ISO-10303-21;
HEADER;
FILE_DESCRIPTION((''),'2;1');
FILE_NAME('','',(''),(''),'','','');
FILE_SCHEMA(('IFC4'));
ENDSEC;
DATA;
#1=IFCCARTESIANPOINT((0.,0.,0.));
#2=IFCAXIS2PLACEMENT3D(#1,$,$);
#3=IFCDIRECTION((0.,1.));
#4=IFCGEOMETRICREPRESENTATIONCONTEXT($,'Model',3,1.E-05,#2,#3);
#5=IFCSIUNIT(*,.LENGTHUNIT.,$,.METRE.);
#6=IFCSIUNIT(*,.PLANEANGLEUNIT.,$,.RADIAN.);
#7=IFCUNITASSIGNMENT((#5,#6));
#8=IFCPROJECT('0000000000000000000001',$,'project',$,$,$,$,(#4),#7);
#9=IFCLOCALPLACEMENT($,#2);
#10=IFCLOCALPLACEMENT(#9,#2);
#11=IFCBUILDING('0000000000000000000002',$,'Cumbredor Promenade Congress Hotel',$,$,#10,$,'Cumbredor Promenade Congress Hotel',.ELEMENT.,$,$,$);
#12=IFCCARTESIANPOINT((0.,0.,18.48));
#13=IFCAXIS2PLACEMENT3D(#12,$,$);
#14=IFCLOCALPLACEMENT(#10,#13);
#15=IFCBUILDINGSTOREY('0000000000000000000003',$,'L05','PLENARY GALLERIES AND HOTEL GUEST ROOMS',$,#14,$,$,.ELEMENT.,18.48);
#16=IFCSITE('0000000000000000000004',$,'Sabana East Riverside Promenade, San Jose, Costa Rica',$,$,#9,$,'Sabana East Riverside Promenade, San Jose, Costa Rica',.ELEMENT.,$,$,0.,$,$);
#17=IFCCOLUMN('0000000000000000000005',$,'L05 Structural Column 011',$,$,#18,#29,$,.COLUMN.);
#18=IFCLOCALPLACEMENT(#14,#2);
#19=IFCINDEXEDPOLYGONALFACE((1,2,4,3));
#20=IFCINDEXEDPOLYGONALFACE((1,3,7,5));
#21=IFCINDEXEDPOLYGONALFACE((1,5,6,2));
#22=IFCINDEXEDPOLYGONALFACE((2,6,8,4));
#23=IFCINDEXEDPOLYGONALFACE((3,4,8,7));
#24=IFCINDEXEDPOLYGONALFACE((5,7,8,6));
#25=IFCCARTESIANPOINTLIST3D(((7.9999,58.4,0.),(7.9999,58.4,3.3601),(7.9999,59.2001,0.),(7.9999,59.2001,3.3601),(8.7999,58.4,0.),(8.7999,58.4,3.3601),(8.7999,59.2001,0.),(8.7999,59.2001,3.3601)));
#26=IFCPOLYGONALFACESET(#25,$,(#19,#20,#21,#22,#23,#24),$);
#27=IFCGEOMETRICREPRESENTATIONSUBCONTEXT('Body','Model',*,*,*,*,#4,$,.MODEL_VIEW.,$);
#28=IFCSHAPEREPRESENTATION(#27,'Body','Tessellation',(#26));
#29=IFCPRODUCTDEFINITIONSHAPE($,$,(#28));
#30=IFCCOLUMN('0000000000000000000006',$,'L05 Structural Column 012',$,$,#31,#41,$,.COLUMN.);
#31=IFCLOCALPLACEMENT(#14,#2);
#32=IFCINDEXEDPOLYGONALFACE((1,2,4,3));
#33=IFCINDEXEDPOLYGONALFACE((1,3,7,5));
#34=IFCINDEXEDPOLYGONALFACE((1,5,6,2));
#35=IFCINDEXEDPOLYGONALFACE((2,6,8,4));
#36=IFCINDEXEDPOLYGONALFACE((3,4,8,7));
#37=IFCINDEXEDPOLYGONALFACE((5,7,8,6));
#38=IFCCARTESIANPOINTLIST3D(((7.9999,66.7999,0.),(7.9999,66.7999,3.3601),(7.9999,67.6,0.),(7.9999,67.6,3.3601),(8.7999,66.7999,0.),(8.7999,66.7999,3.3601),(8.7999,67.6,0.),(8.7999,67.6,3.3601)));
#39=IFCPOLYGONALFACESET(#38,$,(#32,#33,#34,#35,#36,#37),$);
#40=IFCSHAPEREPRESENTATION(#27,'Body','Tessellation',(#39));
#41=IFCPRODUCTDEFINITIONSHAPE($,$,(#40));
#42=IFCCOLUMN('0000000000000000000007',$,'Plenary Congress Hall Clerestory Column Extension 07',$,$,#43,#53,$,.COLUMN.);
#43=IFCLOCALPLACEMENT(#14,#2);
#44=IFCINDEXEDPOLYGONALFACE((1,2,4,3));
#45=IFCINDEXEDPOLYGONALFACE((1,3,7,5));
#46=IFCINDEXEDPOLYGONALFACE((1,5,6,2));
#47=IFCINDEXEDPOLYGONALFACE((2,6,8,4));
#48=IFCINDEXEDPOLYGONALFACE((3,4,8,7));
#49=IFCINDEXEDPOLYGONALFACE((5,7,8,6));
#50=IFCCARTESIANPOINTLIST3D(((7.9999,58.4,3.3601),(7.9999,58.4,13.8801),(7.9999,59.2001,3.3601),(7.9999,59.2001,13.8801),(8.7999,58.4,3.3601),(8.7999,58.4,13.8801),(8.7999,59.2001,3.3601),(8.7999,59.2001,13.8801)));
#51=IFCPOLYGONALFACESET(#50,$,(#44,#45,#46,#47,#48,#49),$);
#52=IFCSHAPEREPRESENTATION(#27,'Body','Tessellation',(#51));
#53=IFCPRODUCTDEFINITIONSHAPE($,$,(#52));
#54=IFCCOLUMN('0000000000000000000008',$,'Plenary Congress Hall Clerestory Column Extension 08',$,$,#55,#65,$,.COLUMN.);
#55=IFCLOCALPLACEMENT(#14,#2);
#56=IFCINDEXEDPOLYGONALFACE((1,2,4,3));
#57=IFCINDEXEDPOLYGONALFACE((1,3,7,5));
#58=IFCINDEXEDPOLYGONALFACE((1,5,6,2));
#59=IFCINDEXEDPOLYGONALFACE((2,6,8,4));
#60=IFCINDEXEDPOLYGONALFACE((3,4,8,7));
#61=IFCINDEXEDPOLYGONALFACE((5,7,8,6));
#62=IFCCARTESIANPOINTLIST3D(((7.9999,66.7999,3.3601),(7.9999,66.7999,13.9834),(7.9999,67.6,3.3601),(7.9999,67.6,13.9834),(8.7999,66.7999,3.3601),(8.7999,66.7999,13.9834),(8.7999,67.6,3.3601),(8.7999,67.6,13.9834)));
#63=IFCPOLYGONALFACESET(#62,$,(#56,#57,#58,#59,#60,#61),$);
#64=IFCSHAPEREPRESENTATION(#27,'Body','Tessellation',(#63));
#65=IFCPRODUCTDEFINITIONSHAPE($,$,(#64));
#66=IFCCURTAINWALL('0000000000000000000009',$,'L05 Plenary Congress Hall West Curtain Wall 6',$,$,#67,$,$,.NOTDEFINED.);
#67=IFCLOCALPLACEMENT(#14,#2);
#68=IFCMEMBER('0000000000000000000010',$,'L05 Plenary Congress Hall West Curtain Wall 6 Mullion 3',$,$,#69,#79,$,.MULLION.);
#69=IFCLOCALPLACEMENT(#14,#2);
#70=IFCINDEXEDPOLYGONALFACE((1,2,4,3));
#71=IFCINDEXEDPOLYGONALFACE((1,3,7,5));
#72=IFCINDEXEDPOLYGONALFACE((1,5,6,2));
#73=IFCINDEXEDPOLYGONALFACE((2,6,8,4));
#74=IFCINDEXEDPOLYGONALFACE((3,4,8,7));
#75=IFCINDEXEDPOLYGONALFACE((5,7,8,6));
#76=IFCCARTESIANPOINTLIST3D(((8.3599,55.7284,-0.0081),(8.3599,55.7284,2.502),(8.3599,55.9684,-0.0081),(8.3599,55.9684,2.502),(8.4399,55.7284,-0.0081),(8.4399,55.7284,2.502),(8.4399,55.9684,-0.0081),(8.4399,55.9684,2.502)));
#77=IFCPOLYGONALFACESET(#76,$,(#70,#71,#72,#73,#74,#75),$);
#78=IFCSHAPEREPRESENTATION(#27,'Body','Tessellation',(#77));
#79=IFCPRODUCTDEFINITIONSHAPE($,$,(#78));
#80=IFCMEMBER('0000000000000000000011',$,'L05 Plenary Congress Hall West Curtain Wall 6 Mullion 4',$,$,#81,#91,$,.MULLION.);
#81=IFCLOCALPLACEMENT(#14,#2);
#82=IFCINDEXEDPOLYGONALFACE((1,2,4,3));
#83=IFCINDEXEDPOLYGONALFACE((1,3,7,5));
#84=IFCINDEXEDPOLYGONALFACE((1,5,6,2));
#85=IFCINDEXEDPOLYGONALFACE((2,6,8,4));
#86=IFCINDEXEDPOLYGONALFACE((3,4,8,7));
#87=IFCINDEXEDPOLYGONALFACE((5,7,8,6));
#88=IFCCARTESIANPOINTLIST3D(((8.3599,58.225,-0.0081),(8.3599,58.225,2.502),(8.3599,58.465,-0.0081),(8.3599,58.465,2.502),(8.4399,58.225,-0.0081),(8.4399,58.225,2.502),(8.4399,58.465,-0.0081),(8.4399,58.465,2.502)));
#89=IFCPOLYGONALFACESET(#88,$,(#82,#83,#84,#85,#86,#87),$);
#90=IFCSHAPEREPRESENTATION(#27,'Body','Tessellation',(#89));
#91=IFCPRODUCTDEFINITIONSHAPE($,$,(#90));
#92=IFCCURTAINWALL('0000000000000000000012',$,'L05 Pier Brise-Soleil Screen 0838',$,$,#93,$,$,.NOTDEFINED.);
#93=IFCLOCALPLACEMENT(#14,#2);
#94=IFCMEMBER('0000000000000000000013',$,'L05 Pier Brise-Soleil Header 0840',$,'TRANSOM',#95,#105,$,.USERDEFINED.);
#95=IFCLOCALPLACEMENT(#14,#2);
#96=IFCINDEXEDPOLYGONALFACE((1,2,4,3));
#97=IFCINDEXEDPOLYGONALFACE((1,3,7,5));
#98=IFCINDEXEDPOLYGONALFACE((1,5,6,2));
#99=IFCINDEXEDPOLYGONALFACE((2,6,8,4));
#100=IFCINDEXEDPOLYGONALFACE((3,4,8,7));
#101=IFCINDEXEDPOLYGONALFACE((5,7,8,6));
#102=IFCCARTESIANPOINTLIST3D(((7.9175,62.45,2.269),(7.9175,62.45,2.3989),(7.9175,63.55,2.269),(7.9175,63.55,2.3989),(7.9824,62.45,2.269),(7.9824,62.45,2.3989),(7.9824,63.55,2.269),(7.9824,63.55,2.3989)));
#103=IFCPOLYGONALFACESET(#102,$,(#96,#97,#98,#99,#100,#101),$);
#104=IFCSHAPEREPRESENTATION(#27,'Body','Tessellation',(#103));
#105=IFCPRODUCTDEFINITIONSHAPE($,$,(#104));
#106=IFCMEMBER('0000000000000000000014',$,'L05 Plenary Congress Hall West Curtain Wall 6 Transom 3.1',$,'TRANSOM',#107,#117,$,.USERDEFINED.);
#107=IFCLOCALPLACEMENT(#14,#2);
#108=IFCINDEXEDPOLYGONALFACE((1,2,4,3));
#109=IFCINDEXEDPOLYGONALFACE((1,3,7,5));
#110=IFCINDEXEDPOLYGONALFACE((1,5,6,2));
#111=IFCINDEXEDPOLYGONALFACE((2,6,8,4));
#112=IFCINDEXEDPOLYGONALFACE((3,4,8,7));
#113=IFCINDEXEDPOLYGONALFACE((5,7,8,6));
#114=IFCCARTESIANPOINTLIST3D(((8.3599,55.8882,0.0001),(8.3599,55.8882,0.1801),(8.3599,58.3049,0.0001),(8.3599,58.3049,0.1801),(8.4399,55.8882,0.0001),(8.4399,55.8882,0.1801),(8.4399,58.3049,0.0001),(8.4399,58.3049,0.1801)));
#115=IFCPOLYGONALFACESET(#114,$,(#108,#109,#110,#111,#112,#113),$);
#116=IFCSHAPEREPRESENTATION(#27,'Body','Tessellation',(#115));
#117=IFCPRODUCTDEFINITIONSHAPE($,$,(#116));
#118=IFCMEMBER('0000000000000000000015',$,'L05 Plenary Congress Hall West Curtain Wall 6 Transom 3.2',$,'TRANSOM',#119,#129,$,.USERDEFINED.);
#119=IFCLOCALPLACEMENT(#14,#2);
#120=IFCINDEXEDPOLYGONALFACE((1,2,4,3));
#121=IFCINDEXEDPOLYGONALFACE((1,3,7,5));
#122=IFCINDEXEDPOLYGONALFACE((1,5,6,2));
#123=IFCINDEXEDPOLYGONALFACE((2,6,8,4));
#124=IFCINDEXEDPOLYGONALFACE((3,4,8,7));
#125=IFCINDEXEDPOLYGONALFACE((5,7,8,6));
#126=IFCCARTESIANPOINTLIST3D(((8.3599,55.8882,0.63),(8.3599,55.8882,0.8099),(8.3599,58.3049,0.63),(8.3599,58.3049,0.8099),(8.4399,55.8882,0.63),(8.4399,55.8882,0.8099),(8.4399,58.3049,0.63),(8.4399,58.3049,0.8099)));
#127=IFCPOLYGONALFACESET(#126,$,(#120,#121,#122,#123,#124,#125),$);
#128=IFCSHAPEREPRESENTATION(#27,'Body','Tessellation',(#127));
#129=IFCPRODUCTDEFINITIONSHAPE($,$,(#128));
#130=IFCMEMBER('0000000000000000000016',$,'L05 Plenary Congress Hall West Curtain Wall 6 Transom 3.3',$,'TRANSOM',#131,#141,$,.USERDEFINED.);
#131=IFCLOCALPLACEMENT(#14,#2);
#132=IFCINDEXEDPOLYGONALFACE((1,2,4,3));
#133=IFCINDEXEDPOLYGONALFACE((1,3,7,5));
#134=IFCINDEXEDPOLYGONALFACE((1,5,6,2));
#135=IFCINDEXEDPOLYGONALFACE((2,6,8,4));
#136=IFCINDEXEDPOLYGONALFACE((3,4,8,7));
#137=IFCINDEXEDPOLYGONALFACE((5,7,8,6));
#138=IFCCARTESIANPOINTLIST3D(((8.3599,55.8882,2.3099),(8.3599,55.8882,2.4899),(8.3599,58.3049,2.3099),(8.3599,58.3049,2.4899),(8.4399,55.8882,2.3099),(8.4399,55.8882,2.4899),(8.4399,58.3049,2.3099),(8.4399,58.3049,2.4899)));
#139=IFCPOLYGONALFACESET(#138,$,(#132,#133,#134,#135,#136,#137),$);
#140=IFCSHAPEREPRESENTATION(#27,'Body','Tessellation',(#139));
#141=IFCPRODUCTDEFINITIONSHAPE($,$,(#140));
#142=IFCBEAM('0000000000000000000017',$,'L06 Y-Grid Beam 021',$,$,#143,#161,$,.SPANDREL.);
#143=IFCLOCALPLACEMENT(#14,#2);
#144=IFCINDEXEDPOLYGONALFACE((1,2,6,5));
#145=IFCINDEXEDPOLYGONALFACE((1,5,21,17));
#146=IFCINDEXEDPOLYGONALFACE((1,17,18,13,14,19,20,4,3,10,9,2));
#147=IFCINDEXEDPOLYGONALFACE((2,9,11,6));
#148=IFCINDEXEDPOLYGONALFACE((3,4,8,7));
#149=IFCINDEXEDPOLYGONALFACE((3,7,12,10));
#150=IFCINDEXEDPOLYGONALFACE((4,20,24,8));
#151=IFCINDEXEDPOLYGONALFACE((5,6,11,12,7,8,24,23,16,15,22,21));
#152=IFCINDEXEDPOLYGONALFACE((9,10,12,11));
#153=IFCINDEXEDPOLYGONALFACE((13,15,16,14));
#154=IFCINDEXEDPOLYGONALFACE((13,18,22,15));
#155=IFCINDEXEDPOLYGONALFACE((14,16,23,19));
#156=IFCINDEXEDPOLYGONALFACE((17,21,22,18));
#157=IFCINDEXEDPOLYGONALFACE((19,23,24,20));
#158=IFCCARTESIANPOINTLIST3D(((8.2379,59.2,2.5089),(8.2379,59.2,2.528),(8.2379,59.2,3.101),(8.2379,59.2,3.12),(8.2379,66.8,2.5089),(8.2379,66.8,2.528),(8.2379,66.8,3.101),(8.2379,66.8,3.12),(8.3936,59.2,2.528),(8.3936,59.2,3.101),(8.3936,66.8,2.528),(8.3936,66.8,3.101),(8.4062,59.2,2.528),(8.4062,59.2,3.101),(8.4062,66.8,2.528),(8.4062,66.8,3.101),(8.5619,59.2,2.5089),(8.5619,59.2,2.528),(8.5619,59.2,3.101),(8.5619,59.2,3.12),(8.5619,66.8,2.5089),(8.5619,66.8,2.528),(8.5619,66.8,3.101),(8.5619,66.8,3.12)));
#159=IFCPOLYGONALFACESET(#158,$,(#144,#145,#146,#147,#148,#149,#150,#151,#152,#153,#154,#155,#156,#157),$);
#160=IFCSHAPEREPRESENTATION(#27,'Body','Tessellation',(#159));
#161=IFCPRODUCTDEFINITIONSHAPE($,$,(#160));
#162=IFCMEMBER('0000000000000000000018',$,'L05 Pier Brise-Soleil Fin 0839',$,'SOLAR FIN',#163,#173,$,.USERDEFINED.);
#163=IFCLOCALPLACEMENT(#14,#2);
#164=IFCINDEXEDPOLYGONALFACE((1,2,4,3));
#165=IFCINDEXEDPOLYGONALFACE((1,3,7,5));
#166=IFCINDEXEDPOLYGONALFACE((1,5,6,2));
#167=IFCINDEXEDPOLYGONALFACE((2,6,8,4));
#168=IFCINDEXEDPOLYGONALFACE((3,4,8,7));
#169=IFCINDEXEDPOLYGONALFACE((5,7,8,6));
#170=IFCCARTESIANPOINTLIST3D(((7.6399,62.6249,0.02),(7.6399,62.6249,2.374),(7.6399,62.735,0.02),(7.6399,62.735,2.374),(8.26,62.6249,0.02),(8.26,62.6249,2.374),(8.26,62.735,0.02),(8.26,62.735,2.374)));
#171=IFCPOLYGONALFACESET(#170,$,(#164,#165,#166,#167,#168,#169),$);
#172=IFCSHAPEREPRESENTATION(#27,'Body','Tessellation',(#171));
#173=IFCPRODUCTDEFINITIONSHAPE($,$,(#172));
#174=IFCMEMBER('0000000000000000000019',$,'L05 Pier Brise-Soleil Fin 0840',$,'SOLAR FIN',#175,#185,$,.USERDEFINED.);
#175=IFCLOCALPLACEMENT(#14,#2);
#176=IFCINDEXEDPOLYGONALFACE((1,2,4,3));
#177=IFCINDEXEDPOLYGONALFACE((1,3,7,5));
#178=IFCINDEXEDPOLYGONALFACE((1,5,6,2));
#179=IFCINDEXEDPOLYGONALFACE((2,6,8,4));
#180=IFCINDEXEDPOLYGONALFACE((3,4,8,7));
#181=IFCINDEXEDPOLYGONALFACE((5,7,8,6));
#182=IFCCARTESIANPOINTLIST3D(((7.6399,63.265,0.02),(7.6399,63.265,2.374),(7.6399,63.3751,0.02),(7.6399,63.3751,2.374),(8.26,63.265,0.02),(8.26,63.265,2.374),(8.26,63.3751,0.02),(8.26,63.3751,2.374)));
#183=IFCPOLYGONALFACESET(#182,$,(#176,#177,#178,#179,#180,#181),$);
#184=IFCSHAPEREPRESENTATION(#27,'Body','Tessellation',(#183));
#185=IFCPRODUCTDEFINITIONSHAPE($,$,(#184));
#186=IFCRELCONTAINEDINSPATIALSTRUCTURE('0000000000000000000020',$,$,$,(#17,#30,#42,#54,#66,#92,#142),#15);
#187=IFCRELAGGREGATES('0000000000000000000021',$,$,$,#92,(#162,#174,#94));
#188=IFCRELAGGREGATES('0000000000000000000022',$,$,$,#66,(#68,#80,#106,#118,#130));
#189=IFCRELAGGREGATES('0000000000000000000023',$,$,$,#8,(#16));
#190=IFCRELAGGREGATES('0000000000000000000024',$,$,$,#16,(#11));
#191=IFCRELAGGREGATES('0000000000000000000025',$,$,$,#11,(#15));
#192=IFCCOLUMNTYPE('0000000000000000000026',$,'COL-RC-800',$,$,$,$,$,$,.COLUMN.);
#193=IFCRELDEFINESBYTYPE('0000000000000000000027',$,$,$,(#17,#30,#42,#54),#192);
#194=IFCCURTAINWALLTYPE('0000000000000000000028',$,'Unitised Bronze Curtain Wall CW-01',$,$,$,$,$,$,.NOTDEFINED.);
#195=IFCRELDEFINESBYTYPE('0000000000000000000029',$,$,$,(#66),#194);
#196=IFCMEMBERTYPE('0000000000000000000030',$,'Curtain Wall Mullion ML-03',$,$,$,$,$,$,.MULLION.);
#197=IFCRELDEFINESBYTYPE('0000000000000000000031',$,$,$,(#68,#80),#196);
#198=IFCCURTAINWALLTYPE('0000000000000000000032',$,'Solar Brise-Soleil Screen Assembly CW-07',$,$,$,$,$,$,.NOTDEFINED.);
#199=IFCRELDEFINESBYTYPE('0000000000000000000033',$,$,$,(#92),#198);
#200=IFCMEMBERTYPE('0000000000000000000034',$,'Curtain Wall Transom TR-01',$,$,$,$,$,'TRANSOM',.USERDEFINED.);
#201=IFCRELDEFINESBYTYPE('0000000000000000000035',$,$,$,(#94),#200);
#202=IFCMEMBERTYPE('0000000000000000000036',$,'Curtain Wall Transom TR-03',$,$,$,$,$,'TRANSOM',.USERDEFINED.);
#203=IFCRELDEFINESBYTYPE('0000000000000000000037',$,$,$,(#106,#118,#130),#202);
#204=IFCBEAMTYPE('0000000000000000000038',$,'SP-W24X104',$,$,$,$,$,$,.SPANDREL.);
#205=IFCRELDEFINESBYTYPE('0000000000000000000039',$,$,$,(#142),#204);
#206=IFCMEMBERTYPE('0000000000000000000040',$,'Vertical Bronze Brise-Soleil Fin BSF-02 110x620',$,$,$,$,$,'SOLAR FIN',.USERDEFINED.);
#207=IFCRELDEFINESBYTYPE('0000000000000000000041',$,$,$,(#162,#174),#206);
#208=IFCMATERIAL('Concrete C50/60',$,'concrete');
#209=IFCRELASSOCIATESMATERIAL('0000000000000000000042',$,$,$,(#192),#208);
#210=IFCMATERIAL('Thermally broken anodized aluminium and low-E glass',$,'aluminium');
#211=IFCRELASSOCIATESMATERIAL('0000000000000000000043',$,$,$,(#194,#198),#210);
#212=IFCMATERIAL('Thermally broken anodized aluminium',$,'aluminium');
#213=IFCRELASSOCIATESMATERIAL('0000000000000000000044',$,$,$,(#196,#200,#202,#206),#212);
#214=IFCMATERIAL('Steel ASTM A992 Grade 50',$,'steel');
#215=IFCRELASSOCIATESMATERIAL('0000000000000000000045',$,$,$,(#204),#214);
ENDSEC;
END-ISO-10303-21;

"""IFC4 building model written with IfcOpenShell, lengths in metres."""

from ifc_helpers import new_model, si_unit, direction, frame, origin, origin_2d, place, context, subcontext, project, spatial, rectangle, i_section, extrude, material, material_profile, profile_set, type_object, element, aggregate, save


model = new_model("IFC4")

# Units and contexts
model_context = context("Model", 3, precision=1e-05, world=origin(), true_north=direction((0.0, 1.0)))
body_context = subcontext(model_context, "Body", "Model", "MODEL_VIEW")
ifc_project = project(units=[si_unit("LENGTHUNIT", "METRE"), si_unit("PLANEANGLEUNIT", "RADIAN")], contexts=[model_context])

# Site, building, storey
site_placement = place(None, origin())
site = spatial("IfcSite", under=ifc_project, at=site_placement, Name="Sabana East Riverside Promenade, San Jose, Costa Rica", LongName="Sabana East Riverside Promenade, San Jose, Costa Rica", CompositionType="ELEMENT", RefElevation=0.0)
building_placement = place(site_placement, origin())
building = spatial("IfcBuilding", under=site, at=building_placement, Name="Cumbredor Promenade Congress Hotel", LongName="Cumbredor Promenade Congress Hotel", CompositionType="ELEMENT")
storey_placement = place(building_placement, frame((0.0, 0.0, 18.48)))
storey = spatial("IfcBuildingStorey", under=building, at=storey_placement, Name="L05", Description="PLENARY GALLERIES AND HOTEL GUEST ROOMS", CompositionType="ELEMENT", Elevation=18.48)

# Columns
ifc_material_1 = material(Name="Concrete C50/60", Category="concrete")
ifc_material_profile_1 = material_profile(ifc_material_1, rectangle(XDim=0.8, YDim=0.8, at=origin_2d()), Name="RC 800x800")
ifc_profile_set_1 = profile_set([ifc_material_profile_1], Name="Concrete C50/60")
column_type = type_object("IfcColumnType", Name="COL-RC-800", PredefinedType="COLUMN", material=ifc_profile_set_1)
for number, where, z_axis, x_axis, name in (
    (1, (8.3999, 58.8, 0.0), (0.0, 0.0, 1.0), (1.0, 0.0, 0.0), "L05 Structural Column 011"),
    (2, (8.3999, 67.2, 0.0), (0.0, 0.0, 1.0), (1.0, 0.0, 0.0), "L05 Structural Column 012"),
):
    element("IfcColumn", number, at=place(storey_placement, frame(where, z_axis=z_axis, x_axis=x_axis)), inside=storey, type_object=column_type, Name=name, PredefinedType="COLUMN", context=body_context, shape_type="SweptSolid", body=[
        extrude(rectangle(XDim=0.8, YDim=0.8, at=origin_2d()), origin(), (0.0, 0.0, 1.0), 3.3601),
    ])
column_1_placement = place(storey_placement, frame((8.3999, 58.8, 3.3601), z_axis=(0.0, 0.0, 1.0), x_axis=(1.0, 0.0, 0.0)))
element("IfcColumn", 3, at=column_1_placement, inside=storey, type_object=column_type, Name="Plenary Congress Hall Clerestory Column Extension 07", PredefinedType="COLUMN", context=body_context, shape_type="SweptSolid", body=[
    extrude(rectangle(XDim=0.8, YDim=0.8, at=origin_2d()), origin(), (0.0, 0.0, 1.0), 10.52),
])
column_2_placement = place(storey_placement, frame((8.3999, 67.2, 3.3601), z_axis=(0.0, 0.0, 1.0), x_axis=(1.0, 0.0, 0.0)))
element("IfcColumn", 4, at=column_2_placement, inside=storey, type_object=column_type, Name="Plenary Congress Hall Clerestory Column Extension 08", PredefinedType="COLUMN", context=body_context, shape_type="SweptSolid", body=[
    extrude(rectangle(XDim=0.8, YDim=0.8, at=origin_2d()), origin(), (0.0, 0.0, 1.0), 10.6233),
])

# Curtain wall, members
ifc_material_2 = material(Name="Thermally broken anodized aluminium and low-E glass", Category="aluminium")
curtain_wall_type_1 = type_object("IfcCurtainWallType", Name="Unitised Bronze Curtain Wall CW-01", PredefinedType="NOTDEFINED", material=ifc_material_2)
curtain_wall_1_placement = place(storey_placement, origin())
curtain_wall_1 = element("IfcCurtainWall", 5, at=curtain_wall_1_placement, inside=storey, type_object=curtain_wall_type_1, Name="L05 Plenary Congress Hall West Curtain Wall 6", PredefinedType="NOTDEFINED")
ifc_material_3 = material(Name="Thermally broken anodized aluminium", Category="aluminium")
ifc_material_profile_2 = material_profile(ifc_material_3, rectangle(XDim=0.0801, YDim=0.24, at=origin_2d()), Name="ALU MULLION 80x240")
ifc_profile_set_2 = profile_set([ifc_material_profile_2], Name="Thermally broken anodized aluminium")
member_type_1 = type_object("IfcMemberType", Name="Curtain Wall Mullion ML-03", PredefinedType="MULLION", material=ifc_profile_set_2)
member_1_placement = place(storey_placement, frame((8.3999, 55.8484, -0.0081), z_axis=(0.0, 0.0, 1.0), x_axis=(1.0, 0.0, 0.0)))
member_1 = element("IfcMember", 6, at=member_1_placement, type_object=member_type_1, Name="L05 Plenary Congress Hall West Curtain Wall 6 Mullion 3", PredefinedType="MULLION", context=body_context, shape_type="SweptSolid", body=[
    extrude(rectangle(XDim=0.0801, YDim=0.24, at=origin_2d()), origin(), (0.0, 0.0, 1.0), 2.51),
])
member_2_placement = place(storey_placement, frame((8.3999, 58.345, -0.0081), z_axis=(0.0, 0.0, 1.0), x_axis=(1.0, 0.0, 0.0)))
member_2 = element("IfcMember", 7, at=member_2_placement, type_object=member_type_1, Name="L05 Plenary Congress Hall West Curtain Wall 6 Mullion 4", PredefinedType="MULLION", context=body_context, shape_type="SweptSolid", body=[
    extrude(rectangle(XDim=0.0801, YDim=0.24, at=origin_2d()), origin(), (0.0, 0.0, 1.0), 2.51),
])

# Curtain wall, member
curtain_wall_type_2 = type_object("IfcCurtainWallType", Name="Solar Brise-Soleil Screen Assembly CW-07", PredefinedType="NOTDEFINED", material=ifc_material_2)
curtain_wall_2_placement = place(storey_placement, origin())
curtain_wall_2 = element("IfcCurtainWall", 8, at=curtain_wall_2_placement, inside=storey, type_object=curtain_wall_type_2, Name="L05 Pier Brise-Soleil Screen 0838", PredefinedType="NOTDEFINED")
ifc_material_profile_3 = material_profile(ifc_material_3, rectangle(XDim=0.0649, YDim=0.1299, at=origin_2d()), Name="ALU TRANSOM 65x130")
ifc_profile_set_3 = profile_set([ifc_material_profile_3], Name="Thermally broken anodized aluminium")
member_type_2 = type_object("IfcMemberType", Name="Curtain Wall Transom TR-01", ElementType="TRANSOM", PredefinedType="USERDEFINED", material=ifc_profile_set_3)
member_3_placement = place(storey_placement, frame((7.95, 62.45, 2.334), z_axis=(0.0, 1.0, 0.0), x_axis=(-1.0, 0.0, 0.0)))
member_3 = element("IfcMember", 9, at=member_3_placement, type_object=member_type_2, Name="L05 Pier Brise-Soleil Header 0840", ObjectType="TRANSOM", PredefinedType="USERDEFINED", context=body_context, shape_type="SweptSolid", body=[
    extrude(rectangle(XDim=0.0649, YDim=0.1299, at=origin_2d()), origin(), (0.0, 0.0, 1.0), 1.1001),
])

# Members
ifc_material_profile_4 = material_profile(ifc_material_3, rectangle(XDim=0.0801, YDim=0.1799, at=origin_2d()), Name="ALU TRANSOM 80x180")
ifc_profile_set_4 = profile_set([ifc_material_profile_4], Name="Thermally broken anodized aluminium")
member_type_3 = type_object("IfcMemberType", Name="Curtain Wall Transom TR-03", ElementType="TRANSOM", PredefinedType="USERDEFINED", material=ifc_profile_set_4)
member_4_placement = place(storey_placement, frame((8.3999, 55.8882, 0.0901), z_axis=(0.0, 1.0, 0.0), x_axis=(-1.0, 0.0, 0.0)))
member_4 = element("IfcMember", 10, at=member_4_placement, type_object=member_type_3, Name="L05 Plenary Congress Hall West Curtain Wall 6 Transom 3.1", ObjectType="TRANSOM", PredefinedType="USERDEFINED", context=body_context, shape_type="SweptSolid", body=[
    extrude(rectangle(XDim=0.0801, YDim=0.1799, at=origin_2d()), origin(), (0.0, 0.0, 1.0), 2.4167),
])
member_5_placement = place(storey_placement, frame((8.3999, 55.8882, 0.72), z_axis=(0.0, 1.0, 0.0), x_axis=(-1.0, 0.0, 0.0)))
member_5 = element("IfcMember", 11, at=member_5_placement, type_object=member_type_3, Name="L05 Plenary Congress Hall West Curtain Wall 6 Transom 3.2", ObjectType="TRANSOM", PredefinedType="USERDEFINED", context=body_context, shape_type="SweptSolid", body=[
    extrude(rectangle(XDim=0.0801, YDim=0.1799, at=origin_2d()), origin(), (0.0, 0.0, 1.0), 2.4167),
])
member_6_placement = place(storey_placement, frame((8.3999, 55.8882, 2.3999), z_axis=(0.0, 1.0, 0.0), x_axis=(-1.0, 0.0, 0.0)))
member_6 = element("IfcMember", 12, at=member_6_placement, type_object=member_type_3, Name="L05 Plenary Congress Hall West Curtain Wall 6 Transom 3.3", ObjectType="TRANSOM", PredefinedType="USERDEFINED", context=body_context, shape_type="SweptSolid", body=[
    extrude(rectangle(XDim=0.0801, YDim=0.1799, at=origin_2d()), origin(), (0.0, 0.0, 1.0), 2.4167),
])

# Beam
ifc_material_4 = material(Name="Steel ASTM A992 Grade 50", Category="steel")
ifc_material_profile_5 = material_profile(ifc_material_4, i_section(OverallWidth=0.324, OverallDepth=0.6111, WebThickness=0.0127, FlangeThickness=0.019, at=origin_2d()), Name="W24X104")
ifc_profile_set_5 = profile_set([ifc_material_profile_5], Name="Steel ASTM A992 Grade 50")
beam_type = type_object("IfcBeamType", Name="SP-W24X104", PredefinedType="SPANDREL", material=ifc_profile_set_5)
beam_placement = place(storey_placement, frame((8.3999, 59.2, 2.8145), z_axis=(0.0, 1.0, 0.0), x_axis=(-1.0, 0.0, 0.0)))
element("IfcBeam", 13, at=beam_placement, inside=storey, type_object=beam_type, Name="L06 Y-Grid Beam 021", PredefinedType="SPANDREL", context=body_context, shape_type="SweptSolid", body=[
    extrude(i_section(OverallWidth=0.324, OverallDepth=0.6111, WebThickness=0.0127, FlangeThickness=0.019, at=origin_2d()), origin(), (0.0, 0.0, 1.0), 7.6001),
])

# Members
ifc_material_profile_6 = material_profile(ifc_material_3, rectangle(XDim=0.1101, YDim=0.6201, at=origin_2d()), Name="ARCH FIN 110x620")
ifc_profile_set_6 = profile_set([ifc_material_profile_6], Name="Thermally broken anodized aluminium")
member_type_4 = type_object("IfcMemberType", Name="Vertical Bronze Brise-Soleil Fin BSF-02 110x620", ElementType="SOLAR FIN", PredefinedType="USERDEFINED", material=ifc_profile_set_6)
member_7_placement = place(storey_placement, frame((7.95, 62.6799, 0.02), z_axis=(0.0, 0.0, 1.0), x_axis=(0.0, 1.0, 0.0)))
member_7 = element("IfcMember", 14, at=member_7_placement, type_object=member_type_4, Name="L05 Pier Brise-Soleil Fin 0839", ObjectType="SOLAR FIN", PredefinedType="USERDEFINED", context=body_context, shape_type="SweptSolid", body=[
    extrude(rectangle(XDim=0.1101, YDim=0.6201, at=origin_2d()), origin(), (0.0, 0.0, 1.0), 2.354),
])
member_8_placement = place(storey_placement, frame((7.95, 63.3201, 0.02), z_axis=(0.0, 0.0, 1.0), x_axis=(0.0, 1.0, 0.0)))
member_8 = element("IfcMember", 15, at=member_8_placement, type_object=member_type_4, Name="L05 Pier Brise-Soleil Fin 0840", ObjectType="SOLAR FIN", PredefinedType="USERDEFINED", context=body_context, shape_type="SweptSolid", body=[
    extrude(rectangle(XDim=0.1101, YDim=0.6201, at=origin_2d()), origin(), (0.0, 0.0, 1.0), 2.354),
])
aggregate(curtain_wall_2, [member_7, member_8, member_3])

aggregate(curtain_wall_1, [member_1, member_2, member_4, member_5, member_6])

save(model, "model.ifc")
